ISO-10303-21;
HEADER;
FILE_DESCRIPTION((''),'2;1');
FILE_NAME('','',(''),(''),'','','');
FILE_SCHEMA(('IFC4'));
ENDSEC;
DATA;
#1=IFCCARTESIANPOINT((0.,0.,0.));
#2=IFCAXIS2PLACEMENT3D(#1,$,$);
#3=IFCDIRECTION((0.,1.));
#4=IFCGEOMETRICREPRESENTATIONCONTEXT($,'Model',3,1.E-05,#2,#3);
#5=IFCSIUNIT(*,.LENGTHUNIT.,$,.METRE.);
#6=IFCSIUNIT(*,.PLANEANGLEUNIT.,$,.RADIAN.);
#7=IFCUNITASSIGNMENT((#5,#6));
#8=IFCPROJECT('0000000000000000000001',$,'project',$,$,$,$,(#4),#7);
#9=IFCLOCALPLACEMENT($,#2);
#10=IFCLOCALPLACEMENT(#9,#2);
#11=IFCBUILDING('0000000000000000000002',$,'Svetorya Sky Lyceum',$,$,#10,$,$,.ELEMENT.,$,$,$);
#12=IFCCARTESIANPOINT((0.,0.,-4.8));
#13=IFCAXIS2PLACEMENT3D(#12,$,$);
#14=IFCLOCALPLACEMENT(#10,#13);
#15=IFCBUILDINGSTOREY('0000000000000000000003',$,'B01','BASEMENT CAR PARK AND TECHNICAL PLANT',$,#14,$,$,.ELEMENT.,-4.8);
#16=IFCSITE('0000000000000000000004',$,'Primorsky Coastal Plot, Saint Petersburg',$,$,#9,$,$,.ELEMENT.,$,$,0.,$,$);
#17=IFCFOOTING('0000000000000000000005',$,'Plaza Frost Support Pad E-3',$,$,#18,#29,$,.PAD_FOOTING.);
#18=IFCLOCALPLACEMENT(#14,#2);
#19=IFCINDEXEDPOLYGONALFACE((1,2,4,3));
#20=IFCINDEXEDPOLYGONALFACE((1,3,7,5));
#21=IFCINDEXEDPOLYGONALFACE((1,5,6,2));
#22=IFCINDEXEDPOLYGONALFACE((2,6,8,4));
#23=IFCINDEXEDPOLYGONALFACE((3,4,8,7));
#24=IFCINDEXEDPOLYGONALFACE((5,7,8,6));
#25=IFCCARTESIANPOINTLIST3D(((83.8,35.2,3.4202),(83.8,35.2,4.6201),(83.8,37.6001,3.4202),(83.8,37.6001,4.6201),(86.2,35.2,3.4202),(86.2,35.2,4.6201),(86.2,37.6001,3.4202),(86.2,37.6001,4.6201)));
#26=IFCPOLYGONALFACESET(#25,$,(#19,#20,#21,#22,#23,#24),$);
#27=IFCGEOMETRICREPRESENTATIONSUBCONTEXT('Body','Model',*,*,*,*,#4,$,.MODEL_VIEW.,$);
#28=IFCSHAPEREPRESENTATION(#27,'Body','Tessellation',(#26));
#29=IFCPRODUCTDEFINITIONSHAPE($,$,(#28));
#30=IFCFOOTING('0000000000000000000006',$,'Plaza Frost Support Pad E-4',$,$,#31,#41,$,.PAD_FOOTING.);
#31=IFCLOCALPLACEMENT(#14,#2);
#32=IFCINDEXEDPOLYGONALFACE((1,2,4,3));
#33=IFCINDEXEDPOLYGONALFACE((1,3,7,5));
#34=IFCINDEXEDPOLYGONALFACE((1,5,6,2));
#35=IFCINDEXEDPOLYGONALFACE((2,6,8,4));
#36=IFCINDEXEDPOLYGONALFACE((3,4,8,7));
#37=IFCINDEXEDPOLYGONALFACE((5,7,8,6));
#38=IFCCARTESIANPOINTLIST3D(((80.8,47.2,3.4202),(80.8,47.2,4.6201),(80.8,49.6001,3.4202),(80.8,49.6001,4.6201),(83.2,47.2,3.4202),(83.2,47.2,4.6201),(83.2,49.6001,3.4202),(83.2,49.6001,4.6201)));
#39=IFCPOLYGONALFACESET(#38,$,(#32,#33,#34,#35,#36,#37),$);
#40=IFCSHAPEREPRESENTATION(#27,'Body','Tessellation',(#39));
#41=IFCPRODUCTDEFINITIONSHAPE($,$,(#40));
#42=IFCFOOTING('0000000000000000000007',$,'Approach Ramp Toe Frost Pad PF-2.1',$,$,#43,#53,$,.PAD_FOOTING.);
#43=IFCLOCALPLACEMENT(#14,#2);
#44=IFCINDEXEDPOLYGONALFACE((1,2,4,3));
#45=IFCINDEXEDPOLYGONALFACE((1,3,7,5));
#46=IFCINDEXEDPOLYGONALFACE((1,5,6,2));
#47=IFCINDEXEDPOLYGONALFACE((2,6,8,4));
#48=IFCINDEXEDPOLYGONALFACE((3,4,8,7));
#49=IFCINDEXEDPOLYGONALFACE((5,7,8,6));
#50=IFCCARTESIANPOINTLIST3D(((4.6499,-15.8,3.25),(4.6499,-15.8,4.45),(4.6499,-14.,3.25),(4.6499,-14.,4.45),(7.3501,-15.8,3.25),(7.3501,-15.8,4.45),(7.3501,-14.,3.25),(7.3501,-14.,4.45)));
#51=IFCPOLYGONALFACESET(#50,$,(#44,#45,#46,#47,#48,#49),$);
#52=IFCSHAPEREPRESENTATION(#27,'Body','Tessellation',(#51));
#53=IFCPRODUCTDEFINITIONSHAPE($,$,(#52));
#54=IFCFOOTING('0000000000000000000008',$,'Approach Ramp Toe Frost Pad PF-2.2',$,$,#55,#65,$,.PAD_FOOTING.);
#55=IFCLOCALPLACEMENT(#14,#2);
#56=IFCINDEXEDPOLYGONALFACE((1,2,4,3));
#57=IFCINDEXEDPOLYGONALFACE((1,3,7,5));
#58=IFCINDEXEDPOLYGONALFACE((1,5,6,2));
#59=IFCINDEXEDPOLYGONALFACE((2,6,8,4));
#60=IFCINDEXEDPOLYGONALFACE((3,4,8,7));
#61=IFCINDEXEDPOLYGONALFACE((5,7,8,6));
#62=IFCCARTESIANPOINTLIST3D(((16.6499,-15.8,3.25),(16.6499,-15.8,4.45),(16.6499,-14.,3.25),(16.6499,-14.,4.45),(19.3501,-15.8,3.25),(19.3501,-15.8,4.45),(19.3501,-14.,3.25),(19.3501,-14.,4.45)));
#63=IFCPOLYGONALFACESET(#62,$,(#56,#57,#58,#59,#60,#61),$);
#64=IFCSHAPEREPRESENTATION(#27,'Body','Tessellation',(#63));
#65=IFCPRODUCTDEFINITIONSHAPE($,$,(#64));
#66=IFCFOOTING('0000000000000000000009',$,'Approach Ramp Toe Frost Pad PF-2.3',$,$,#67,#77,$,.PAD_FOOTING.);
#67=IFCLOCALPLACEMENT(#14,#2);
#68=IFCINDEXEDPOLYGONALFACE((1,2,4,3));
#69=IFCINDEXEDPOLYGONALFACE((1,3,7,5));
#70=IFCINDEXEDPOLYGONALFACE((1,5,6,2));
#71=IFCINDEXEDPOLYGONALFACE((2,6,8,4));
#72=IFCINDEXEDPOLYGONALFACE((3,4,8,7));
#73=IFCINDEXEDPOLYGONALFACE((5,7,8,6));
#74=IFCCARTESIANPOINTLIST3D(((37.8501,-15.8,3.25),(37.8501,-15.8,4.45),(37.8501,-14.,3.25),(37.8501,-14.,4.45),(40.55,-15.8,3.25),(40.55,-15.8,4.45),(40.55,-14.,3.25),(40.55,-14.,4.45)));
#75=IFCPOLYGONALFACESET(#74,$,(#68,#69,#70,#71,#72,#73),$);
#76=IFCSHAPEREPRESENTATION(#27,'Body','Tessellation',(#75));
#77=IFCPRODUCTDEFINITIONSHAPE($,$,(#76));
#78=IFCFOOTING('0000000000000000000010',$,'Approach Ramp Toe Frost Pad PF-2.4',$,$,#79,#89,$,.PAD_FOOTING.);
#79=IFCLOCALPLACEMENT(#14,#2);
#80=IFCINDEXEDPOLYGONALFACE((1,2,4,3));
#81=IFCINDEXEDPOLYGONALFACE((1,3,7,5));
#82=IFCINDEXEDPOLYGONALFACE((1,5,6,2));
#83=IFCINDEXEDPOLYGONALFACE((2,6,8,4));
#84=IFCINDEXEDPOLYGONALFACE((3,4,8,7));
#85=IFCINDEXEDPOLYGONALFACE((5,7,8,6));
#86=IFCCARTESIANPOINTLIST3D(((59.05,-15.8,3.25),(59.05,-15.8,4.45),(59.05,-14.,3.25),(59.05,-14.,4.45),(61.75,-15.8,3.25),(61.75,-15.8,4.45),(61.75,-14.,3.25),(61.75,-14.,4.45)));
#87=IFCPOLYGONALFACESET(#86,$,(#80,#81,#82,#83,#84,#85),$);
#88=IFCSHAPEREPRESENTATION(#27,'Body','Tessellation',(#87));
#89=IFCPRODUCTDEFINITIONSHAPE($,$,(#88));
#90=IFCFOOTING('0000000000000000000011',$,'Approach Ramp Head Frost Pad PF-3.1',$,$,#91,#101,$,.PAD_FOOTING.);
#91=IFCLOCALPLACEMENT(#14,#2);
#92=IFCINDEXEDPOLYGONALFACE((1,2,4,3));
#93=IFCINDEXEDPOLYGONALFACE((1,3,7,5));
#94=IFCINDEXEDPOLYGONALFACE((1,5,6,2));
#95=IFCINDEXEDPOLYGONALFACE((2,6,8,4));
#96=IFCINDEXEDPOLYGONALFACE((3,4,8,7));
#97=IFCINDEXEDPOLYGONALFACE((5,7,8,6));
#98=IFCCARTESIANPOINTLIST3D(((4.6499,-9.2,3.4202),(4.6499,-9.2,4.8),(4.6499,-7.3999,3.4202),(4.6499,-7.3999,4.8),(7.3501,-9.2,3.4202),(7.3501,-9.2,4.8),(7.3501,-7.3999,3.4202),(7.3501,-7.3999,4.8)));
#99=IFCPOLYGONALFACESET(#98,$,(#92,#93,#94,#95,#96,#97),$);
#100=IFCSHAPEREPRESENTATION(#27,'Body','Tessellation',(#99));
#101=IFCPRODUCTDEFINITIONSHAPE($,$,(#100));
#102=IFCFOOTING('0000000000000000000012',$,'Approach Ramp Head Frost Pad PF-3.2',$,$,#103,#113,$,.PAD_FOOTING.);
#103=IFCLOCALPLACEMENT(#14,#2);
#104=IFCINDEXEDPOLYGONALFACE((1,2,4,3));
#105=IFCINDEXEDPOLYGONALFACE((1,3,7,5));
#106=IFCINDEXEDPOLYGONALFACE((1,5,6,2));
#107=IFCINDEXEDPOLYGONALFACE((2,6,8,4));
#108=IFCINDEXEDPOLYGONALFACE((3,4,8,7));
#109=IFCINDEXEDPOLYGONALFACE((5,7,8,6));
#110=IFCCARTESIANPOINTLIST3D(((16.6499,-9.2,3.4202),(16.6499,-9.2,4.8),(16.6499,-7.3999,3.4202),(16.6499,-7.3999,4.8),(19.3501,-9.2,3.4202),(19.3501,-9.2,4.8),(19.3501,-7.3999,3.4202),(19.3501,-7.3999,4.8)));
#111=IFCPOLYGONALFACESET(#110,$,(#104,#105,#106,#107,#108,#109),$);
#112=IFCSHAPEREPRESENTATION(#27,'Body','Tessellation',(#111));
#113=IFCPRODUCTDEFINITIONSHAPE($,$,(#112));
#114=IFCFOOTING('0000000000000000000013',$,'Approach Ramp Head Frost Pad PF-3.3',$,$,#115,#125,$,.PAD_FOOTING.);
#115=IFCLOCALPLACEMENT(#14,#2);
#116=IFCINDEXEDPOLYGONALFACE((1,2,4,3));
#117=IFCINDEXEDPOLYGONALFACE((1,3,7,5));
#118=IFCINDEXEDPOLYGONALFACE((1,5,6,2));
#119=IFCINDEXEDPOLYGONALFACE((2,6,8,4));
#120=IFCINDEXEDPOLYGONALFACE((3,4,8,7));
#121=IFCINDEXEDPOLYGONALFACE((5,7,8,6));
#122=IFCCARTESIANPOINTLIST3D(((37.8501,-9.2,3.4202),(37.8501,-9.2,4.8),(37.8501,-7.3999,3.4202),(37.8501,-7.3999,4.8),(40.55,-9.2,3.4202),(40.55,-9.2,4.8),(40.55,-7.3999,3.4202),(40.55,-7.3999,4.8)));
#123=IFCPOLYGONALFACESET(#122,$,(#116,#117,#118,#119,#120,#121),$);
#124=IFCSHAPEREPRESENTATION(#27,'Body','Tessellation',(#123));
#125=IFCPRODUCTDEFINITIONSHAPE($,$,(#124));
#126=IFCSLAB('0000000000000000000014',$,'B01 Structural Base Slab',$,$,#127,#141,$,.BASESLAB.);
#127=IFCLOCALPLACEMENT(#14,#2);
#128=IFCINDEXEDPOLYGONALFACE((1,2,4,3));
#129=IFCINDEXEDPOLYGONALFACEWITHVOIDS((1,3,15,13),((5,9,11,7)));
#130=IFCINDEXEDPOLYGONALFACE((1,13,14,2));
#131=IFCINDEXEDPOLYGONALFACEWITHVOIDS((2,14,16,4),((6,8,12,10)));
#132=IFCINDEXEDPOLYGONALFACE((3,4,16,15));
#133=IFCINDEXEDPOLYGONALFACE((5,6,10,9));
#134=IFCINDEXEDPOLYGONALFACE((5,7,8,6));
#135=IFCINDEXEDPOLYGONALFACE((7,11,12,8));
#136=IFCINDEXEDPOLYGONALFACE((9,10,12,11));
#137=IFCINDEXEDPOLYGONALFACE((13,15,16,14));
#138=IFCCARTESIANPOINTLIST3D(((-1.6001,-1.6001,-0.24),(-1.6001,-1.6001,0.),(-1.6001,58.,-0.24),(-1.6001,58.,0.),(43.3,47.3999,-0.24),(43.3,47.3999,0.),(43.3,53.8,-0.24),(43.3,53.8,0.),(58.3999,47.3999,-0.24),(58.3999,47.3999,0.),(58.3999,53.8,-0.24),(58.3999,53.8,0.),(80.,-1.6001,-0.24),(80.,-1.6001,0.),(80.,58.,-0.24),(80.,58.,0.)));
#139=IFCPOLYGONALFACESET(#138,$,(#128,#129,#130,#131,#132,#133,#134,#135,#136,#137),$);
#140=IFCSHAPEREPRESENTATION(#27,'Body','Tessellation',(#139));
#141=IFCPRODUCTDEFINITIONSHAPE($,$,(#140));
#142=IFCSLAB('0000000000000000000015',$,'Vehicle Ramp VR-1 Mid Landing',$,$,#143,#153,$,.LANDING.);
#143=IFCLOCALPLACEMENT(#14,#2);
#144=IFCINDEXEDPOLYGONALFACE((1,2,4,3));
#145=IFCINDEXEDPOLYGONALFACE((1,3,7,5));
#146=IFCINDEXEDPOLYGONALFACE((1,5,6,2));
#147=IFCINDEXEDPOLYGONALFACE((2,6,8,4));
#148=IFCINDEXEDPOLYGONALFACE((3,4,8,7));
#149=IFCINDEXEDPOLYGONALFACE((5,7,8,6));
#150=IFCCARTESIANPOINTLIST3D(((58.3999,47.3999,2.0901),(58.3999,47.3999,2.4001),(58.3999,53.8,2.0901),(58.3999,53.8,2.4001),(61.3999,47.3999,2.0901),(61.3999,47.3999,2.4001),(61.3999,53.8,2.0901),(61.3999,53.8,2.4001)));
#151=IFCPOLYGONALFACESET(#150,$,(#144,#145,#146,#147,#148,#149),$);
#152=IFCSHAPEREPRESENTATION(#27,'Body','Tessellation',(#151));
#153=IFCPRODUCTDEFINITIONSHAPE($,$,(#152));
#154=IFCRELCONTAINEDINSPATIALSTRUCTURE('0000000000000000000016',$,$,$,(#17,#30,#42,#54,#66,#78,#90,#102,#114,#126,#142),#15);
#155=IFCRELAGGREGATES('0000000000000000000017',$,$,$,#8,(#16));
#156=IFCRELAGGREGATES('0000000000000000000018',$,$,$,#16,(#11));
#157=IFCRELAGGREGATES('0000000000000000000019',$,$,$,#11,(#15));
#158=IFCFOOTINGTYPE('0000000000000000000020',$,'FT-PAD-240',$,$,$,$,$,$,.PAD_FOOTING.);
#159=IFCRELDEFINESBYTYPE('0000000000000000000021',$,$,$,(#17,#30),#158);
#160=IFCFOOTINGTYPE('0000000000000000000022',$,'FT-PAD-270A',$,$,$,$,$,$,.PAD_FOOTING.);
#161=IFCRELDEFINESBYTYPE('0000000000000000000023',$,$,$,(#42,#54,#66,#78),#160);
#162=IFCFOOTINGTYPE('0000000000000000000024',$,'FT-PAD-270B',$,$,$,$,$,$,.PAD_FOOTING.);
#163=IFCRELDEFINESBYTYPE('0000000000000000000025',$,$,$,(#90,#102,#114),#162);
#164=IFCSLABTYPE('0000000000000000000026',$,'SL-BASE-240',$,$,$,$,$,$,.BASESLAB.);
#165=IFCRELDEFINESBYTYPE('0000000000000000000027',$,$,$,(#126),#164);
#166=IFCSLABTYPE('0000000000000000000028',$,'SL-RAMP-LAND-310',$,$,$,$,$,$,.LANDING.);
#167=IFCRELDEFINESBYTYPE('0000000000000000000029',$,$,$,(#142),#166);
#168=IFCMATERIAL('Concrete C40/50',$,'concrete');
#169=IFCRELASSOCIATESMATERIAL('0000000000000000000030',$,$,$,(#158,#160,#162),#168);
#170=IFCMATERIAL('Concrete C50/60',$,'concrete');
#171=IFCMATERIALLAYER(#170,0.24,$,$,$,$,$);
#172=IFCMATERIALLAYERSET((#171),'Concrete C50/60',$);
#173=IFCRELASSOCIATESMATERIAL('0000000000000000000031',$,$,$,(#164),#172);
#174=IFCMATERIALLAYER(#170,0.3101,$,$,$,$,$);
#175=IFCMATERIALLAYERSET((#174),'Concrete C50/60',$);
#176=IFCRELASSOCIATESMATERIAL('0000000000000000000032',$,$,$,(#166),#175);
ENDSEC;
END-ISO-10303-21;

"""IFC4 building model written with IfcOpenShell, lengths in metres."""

from ifc_helpers import new_model, si_unit, direction, frame, origin, place, context, subcontext, project, spatial, polyline, outline, extrude, material, layer, layer_set, type_object, element, save


model = new_model("IFC4")

# Units and contexts
model_context = context("Model", 3, precision=1e-05, world=origin(), true_north=direction((0.0, 1.0)))
body_context = subcontext(model_context, "Body", "Model", "MODEL_VIEW")
ifc_project = project(units=[si_unit("LENGTHUNIT", "METRE"), si_unit("PLANEANGLEUNIT", "RADIAN")], contexts=[model_context])

# Site, building, storey
site_placement = place(None, origin())
site = spatial("IfcSite", under=ifc_project, at=site_placement, Name="Primorsky Coastal Plot, Saint Petersburg", CompositionType="ELEMENT", RefElevation=0.0)
building_placement = place(site_placement, origin())
building = spatial("IfcBuilding", under=site, at=building_placement, Name="Svetorya Sky Lyceum", CompositionType="ELEMENT")
storey_placement = place(building_placement, frame((0.0, 0.0, -4.8)))
storey = spatial("IfcBuildingStorey", under=building, at=storey_placement, Name="B01", Description="BASEMENT CAR PARK AND TECHNICAL PLANT", CompositionType="ELEMENT", Elevation=-4.8)

# Footings
ifc_material_1 = material(Name="Concrete C50/60", Category="concrete")
ifc_material_2 = material(Name="Concrete C40/50", Category="concrete")
footing_type_1 = type_object("IfcFootingType", Name="FT-PAD-240", PredefinedType="PAD_FOOTING", material=ifc_material_2)
footing_1_placement = place(storey_placement, frame((0.0, 0.0, 3.4202)))
element("IfcFooting", 1, at=footing_1_placement, inside=storey, type_object=footing_type_1, Name="Plaza Frost Support Pad E-3", PredefinedType="PAD_FOOTING", context=body_context, shape_type="SweptSolid", body=[
    extrude(outline(polyline([(83.8, 35.2), (86.2, 35.2), (86.2, 37.6001), (83.8, 37.6001), (83.8, 35.2)])), origin(), (0.0, 0.0, 1.0), 1.2),
])
footing_2_placement = place(storey_placement, frame((0.0, 0.0, 3.4202)))
element("IfcFooting", 2, at=footing_2_placement, inside=storey, type_object=footing_type_1, Name="Plaza Frost Support Pad E-4", PredefinedType="PAD_FOOTING", context=body_context, shape_type="SweptSolid", body=[
    extrude(outline(polyline([(80.8, 47.2), (83.2, 47.2), (83.2, 49.6001), (80.8, 49.6001), (80.8, 47.2)])), origin(), (0.0, 0.0, 1.0), 1.2),
])
footing_type_2 = type_object("IfcFootingType", Name="FT-PAD-270A", PredefinedType="PAD_FOOTING", material=ifc_material_2)
footing_3_placement = place(storey_placement, frame((0.0, 0.0, 3.25)))
element("IfcFooting", 3, at=footing_3_placement, inside=storey, type_object=footing_type_2, Name="Approach Ramp Toe Frost Pad PF-2.1", PredefinedType="PAD_FOOTING", context=body_context, shape_type="SweptSolid", body=[
    extrude(outline(polyline([(4.6499, -15.8), (7.3501, -15.8), (7.3501, -14.0), (4.6499, -14.0), (4.6499, -15.8)])), origin(), (0.0, 0.0, 1.0), 1.2),
])
footing_4_placement = place(storey_placement, frame((0.0, 0.0, 3.25)))
element("IfcFooting", 4, at=footing_4_placement, inside=storey, type_object=footing_type_2, Name="Approach Ramp Toe Frost Pad PF-2.2", PredefinedType="PAD_FOOTING", context=body_context, shape_type="SweptSolid", body=[
    extrude(outline(polyline([(16.6499, -15.8), (19.3501, -15.8), (19.3501, -14.0), (16.6499, -14.0), (16.6499, -15.8)])), origin(), (0.0, 0.0, 1.0), 1.2),
])
footing_5_placement = place(storey_placement, frame((0.0, 0.0, 3.25)))
element("IfcFooting", 5, at=footing_5_placement, inside=storey, type_object=footing_type_2, Name="Approach Ramp Toe Frost Pad PF-2.3", PredefinedType="PAD_FOOTING", context=body_context, shape_type="SweptSolid", body=[
    extrude(outline(polyline([(37.8501, -15.8), (40.55, -15.8), (40.55, -14.0), (37.8501, -14.0), (37.8501, -15.8)])), origin(), (0.0, 0.0, 1.0), 1.2),
])
footing_6_placement = place(storey_placement, frame((0.0, 0.0, 3.25)))
element("IfcFooting", 6, at=footing_6_placement, inside=storey, type_object=footing_type_2, Name="Approach Ramp Toe Frost Pad PF-2.4", PredefinedType="PAD_FOOTING", context=body_context, shape_type="SweptSolid", body=[
    extrude(outline(polyline([(59.05, -15.8), (61.75, -15.8), (61.75, -14.0), (59.05, -14.0), (59.05, -15.8)])), origin(), (0.0, 0.0, 1.0), 1.2),
])
footing_type_3 = type_object("IfcFootingType", Name="FT-PAD-270B", PredefinedType="PAD_FOOTING", material=ifc_material_2)
footing_7_placement = place(storey_placement, frame((0.0, 0.0, 3.4202)))
element("IfcFooting", 7, at=footing_7_placement, inside=storey, type_object=footing_type_3, Name="Approach Ramp Head Frost Pad PF-3.1", PredefinedType="PAD_FOOTING", context=body_context, shape_type="SweptSolid", body=[
    extrude(outline(polyline([(4.6499, -9.2), (7.3501, -9.2), (7.3501, -7.3999), (4.6499, -7.3999), (4.6499, -9.2)])), origin(), (0.0, 0.0, 1.0), 1.3799),
])
footing_8_placement = place(storey_placement, frame((0.0, 0.0, 3.4202)))
element("IfcFooting", 8, at=footing_8_placement, inside=storey, type_object=footing_type_3, Name="Approach Ramp Head Frost Pad PF-3.2", PredefinedType="PAD_FOOTING", context=body_context, shape_type="SweptSolid", body=[
    extrude(outline(polyline([(16.6499, -9.2), (19.3501, -9.2), (19.3501, -7.3999), (16.6499, -7.3999), (16.6499, -9.2)])), origin(), (0.0, 0.0, 1.0), 1.3799),
])
footing_9_placement = place(storey_placement, frame((0.0, 0.0, 3.4202)))
element("IfcFooting", 9, at=footing_9_placement, inside=storey, type_object=footing_type_3, Name="Approach Ramp Head Frost Pad PF-3.3", PredefinedType="PAD_FOOTING", context=body_context, shape_type="SweptSolid", body=[
    extrude(outline(polyline([(37.8501, -9.2), (40.55, -9.2), (40.55, -7.3999), (37.8501, -7.3999), (37.8501, -9.2)])), origin(), (0.0, 0.0, 1.0), 1.3799),
])

# Slabs
ifc_layer_1 = layer(ifc_material_1, 0.24)
ifc_layer_set_1 = layer_set([ifc_layer_1], Name="Concrete C50/60")
slab_type_1 = type_object("IfcSlabType", Name="SL-BASE-240", PredefinedType="BASESLAB", material=ifc_layer_set_1)
slab_1_placement = place(storey_placement, frame((0.0, 0.0, -0.24)))
element("IfcSlab", 10, at=slab_1_placement, inside=storey, type_object=slab_type_1, Name="B01 Structural Base Slab", PredefinedType="BASESLAB", context=body_context, shape_type="SweptSolid", body=[
    extrude(outline(polyline([(-1.6001, -1.6001), (80.0, -1.6001), (80.0, 58.0), (-1.6001, 58.0), (-1.6001, -1.6001)]), holes=[polyline([(43.3, 47.3999), (58.3999, 47.3999), (58.3999, 53.8), (43.3, 53.8), (43.3, 47.3999)])]), origin(), (0.0, 0.0, 1.0), 0.24),
])
ifc_layer_2 = layer(ifc_material_1, 0.3101)
ifc_layer_set_2 = layer_set([ifc_layer_2], Name="Concrete C50/60")
slab_type_2 = type_object("IfcSlabType", Name="SL-RAMP-LAND-310", PredefinedType="LANDING", material=ifc_layer_set_2)
slab_2_placement = place(storey_placement, frame((0.0, 0.0, 2.0901)))
element("IfcSlab", 11, at=slab_2_placement, inside=storey, type_object=slab_type_2, Name="Vehicle Ramp VR-1 Mid Landing", PredefinedType="LANDING", context=body_context, shape_type="SweptSolid", body=[
    extrude(outline(polyline([(58.3999, 47.3999), (61.3999, 47.3999), (61.3999, 53.8), (58.3999, 53.8), (58.3999, 47.3999)])), origin(), (0.0, 0.0, 1.0), 0.3101),
])

save(model, "model.ifc")
